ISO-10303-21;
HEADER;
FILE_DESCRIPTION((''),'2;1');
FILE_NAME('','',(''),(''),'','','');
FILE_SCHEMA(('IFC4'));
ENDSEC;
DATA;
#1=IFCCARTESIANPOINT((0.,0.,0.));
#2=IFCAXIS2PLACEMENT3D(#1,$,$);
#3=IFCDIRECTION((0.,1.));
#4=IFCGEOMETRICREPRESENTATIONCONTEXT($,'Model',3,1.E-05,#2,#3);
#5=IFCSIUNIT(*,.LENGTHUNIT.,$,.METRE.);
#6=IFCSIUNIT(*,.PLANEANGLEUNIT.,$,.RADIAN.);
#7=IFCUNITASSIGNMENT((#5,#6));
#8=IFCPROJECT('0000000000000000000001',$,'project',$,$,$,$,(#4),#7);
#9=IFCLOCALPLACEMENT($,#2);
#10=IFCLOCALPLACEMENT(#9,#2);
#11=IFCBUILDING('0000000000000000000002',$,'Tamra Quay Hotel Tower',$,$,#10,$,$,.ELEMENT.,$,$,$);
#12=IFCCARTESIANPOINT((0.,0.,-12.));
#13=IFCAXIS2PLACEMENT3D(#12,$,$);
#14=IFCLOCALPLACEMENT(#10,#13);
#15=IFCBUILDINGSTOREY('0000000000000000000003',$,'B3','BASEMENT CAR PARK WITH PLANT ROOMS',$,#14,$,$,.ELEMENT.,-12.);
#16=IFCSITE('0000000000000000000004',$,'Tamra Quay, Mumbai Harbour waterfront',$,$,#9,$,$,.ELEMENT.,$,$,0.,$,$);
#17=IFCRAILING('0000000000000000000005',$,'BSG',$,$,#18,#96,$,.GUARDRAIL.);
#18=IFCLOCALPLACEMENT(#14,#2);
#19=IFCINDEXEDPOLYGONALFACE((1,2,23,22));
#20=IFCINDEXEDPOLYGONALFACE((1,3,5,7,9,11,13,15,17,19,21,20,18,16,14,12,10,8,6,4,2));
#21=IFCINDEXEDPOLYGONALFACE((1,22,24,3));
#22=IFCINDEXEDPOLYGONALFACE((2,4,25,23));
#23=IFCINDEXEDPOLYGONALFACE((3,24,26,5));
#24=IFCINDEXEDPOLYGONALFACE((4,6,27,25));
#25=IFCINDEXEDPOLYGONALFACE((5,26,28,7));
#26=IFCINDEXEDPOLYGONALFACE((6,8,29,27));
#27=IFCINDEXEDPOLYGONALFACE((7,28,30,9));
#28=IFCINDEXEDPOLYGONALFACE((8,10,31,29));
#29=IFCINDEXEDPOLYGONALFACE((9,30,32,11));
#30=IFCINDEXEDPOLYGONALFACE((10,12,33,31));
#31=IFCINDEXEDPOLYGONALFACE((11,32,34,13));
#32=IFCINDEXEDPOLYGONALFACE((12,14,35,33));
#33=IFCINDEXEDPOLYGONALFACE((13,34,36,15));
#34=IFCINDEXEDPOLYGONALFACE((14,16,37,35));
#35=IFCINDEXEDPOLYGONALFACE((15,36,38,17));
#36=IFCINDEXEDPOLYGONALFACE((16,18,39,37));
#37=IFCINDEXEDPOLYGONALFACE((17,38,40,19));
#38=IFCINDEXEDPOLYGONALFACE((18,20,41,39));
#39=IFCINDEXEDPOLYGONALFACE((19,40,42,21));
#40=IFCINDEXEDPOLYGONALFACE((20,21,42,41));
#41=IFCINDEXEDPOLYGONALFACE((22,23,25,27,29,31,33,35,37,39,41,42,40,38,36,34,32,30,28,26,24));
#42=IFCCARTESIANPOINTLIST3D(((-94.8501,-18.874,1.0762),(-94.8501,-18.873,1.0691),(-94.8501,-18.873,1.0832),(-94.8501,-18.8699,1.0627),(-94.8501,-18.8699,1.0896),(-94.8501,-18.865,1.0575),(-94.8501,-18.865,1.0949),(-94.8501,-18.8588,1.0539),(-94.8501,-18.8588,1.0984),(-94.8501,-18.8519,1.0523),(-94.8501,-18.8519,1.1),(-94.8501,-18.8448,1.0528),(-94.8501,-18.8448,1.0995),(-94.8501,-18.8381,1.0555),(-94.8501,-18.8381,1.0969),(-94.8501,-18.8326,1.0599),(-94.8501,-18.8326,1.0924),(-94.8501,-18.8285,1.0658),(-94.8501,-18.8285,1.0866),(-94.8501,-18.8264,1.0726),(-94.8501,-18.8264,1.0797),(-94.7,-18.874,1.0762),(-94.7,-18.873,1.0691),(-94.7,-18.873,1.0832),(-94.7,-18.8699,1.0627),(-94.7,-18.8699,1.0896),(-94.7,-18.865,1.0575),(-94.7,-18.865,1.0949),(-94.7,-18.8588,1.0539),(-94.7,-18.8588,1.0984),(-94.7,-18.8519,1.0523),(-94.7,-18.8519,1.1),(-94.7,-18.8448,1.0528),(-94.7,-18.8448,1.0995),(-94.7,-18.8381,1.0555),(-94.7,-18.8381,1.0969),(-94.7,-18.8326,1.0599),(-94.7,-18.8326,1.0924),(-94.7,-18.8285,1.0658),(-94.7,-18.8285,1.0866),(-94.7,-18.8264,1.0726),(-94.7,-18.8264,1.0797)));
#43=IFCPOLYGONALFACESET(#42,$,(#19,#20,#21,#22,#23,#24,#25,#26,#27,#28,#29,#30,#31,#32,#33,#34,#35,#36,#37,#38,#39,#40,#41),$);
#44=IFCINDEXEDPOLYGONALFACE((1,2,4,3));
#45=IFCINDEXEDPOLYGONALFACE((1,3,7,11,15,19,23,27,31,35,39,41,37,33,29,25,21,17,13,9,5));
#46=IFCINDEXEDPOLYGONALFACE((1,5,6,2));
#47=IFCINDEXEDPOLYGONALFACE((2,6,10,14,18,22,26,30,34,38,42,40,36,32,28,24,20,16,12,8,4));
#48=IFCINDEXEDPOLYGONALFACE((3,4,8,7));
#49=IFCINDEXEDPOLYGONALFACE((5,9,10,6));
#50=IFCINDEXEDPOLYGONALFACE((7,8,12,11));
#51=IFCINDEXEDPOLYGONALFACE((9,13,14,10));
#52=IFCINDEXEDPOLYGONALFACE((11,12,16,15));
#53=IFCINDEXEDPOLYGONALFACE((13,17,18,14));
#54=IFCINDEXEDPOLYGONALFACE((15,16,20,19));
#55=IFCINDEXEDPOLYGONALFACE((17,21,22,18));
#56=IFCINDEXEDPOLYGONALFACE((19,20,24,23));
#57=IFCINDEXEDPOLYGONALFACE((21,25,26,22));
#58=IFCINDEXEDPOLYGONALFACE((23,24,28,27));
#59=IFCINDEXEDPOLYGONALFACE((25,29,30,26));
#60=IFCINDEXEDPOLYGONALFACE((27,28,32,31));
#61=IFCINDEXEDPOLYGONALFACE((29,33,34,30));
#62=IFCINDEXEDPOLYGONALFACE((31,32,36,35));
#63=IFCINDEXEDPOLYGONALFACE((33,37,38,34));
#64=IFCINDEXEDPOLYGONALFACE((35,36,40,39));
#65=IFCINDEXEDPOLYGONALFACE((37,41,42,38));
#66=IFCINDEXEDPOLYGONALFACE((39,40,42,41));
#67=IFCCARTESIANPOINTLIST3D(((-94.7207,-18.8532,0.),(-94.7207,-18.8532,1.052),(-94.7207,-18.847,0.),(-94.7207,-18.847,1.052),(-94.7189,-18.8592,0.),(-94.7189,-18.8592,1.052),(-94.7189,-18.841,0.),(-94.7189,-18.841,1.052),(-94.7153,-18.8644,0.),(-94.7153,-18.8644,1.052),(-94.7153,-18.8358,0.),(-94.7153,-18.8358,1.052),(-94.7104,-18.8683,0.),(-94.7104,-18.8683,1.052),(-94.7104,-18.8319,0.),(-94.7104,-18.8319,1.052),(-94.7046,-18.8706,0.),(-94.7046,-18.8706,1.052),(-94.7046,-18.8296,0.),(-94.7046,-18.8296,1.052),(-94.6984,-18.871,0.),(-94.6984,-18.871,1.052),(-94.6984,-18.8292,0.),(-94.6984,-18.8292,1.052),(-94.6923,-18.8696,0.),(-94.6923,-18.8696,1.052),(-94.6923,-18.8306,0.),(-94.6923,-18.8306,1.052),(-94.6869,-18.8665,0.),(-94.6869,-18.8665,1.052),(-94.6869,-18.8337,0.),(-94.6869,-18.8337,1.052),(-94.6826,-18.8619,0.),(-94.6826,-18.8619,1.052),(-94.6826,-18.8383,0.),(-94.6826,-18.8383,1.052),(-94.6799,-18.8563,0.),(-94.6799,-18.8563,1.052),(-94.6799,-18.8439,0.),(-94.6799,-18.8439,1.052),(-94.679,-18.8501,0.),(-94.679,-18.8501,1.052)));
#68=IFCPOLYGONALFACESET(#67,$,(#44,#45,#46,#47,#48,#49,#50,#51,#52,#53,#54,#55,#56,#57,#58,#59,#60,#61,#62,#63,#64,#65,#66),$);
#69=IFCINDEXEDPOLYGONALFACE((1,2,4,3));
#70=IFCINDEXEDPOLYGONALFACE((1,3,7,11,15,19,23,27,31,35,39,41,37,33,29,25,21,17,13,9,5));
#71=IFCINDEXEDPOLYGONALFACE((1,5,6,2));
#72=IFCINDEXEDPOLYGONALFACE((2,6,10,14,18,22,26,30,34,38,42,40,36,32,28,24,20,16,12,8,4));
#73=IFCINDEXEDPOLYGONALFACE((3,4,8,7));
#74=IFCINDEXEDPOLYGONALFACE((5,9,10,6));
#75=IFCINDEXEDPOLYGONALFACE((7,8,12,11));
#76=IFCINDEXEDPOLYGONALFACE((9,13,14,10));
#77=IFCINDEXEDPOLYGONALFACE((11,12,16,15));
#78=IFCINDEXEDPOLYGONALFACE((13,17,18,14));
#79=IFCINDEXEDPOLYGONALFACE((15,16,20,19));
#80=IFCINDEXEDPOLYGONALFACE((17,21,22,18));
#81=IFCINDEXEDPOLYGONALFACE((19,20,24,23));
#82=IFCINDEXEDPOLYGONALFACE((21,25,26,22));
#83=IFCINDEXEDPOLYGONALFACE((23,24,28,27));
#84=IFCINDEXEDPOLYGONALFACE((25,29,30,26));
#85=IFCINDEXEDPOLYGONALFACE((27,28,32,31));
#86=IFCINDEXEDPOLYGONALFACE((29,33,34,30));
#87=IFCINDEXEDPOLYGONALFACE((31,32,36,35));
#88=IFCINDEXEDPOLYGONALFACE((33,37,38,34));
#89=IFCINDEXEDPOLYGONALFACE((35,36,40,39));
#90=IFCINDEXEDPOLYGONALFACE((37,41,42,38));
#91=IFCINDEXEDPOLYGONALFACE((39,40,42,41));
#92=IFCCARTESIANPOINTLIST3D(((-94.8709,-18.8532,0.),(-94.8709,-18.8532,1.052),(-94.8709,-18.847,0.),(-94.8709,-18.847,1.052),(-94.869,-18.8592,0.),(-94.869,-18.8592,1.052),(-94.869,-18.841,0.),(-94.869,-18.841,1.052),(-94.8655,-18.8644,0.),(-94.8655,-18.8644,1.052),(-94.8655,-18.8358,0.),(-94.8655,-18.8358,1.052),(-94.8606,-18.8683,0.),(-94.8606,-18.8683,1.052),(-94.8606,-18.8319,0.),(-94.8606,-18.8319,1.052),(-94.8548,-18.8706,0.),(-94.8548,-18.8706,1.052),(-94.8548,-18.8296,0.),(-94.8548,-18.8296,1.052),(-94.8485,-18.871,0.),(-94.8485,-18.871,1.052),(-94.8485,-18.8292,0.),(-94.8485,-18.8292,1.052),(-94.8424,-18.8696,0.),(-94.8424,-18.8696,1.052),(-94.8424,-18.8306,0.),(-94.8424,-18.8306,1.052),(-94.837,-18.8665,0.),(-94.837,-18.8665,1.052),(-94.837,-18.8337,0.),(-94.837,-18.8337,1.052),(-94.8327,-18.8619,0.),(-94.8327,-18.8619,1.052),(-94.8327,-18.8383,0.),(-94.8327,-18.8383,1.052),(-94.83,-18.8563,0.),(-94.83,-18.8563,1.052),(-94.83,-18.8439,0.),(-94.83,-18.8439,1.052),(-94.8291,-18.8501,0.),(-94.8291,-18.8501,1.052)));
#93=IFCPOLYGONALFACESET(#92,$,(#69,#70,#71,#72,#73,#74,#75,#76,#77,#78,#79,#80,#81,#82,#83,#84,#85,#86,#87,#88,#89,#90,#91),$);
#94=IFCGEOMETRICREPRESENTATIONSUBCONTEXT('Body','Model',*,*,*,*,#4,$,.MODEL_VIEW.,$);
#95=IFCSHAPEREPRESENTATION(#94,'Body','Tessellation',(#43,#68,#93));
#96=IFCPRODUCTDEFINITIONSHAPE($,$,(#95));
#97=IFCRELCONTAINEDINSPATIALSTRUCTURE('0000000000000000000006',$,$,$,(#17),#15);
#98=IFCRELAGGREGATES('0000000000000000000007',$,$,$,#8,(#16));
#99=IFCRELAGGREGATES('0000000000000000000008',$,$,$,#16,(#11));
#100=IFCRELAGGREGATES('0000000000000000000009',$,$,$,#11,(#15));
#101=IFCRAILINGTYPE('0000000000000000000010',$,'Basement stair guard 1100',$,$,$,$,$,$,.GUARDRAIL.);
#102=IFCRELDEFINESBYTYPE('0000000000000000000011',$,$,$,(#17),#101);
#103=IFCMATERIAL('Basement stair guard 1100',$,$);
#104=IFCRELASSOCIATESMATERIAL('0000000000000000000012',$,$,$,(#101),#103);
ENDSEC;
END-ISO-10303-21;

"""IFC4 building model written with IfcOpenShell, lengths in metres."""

from ifc_helpers import new_model, si_unit, direction, frame, origin, origin_2d, place, context, subcontext, project, spatial, circle, extrude, material, type_object, element, save


model = new_model("IFC4")

# Units and contexts
model_context = context("Model", 3, precision=1e-05, world=origin(), true_north=direction((0.0, 1.0)))
body_context = subcontext(model_context, "Body", "Model", "MODEL_VIEW")
ifc_project = project(units=[si_unit("LENGTHUNIT", "METRE"), si_unit("PLANEANGLEUNIT", "RADIAN")], contexts=[model_context])

# Site, building, storey
site_placement = place(None, origin())
site = spatial("IfcSite", under=ifc_project, at=site_placement, Name="Tamra Quay, Mumbai Harbour waterfront", CompositionType="ELEMENT", RefElevation=0.0)
building_placement = place(site_placement, origin())
building = spatial("IfcBuilding", under=site, at=building_placement, Name="Tamra Quay Hotel Tower", CompositionType="ELEMENT")
storey_placement = place(building_placement, frame((0.0, 0.0, -12.0)))
storey = spatial("IfcBuildingStorey", under=building, at=storey_placement, Name="B3", Description="BASEMENT CAR PARK WITH PLANT ROOMS", CompositionType="ELEMENT", Elevation=-12.0)

# Railing
ifc_material_1 = material(Name="Basement stair guard 1100")
railing_type = type_object("IfcRailingType", Name="Basement stair guard 1100", PredefinedType="GUARDRAIL", material=ifc_material_1)
railing_1_placement = place(storey_placement, frame((-94.7, -18.8501, 0.0)))
element("IfcRailing", 1, at=railing_1_placement, inside=storey, type_object=railing_type, Name="BSG", PredefinedType="GUARDRAIL", context=body_context, shape_type="SweptSolid", body=[
    extrude(circle(Radius=0.0239, at=origin_2d()), frame((0.0, 0.0, 1.0762), z_axis=(-1.0, 0.0, 0.0), x_axis=(0.0, -1.0, 0.0)), (0.0, 0.0, 1.0), 0.1501),
    extrude(circle(Radius=0.021, at=origin_2d()), origin(), (0.0, 0.0, 1.0), 1.052),
    extrude(circle(Radius=0.021, at=origin_2d()), frame((-0.1501, 0.0, 0.0)), (0.0, 0.0, 1.0), 1.052),
])

save(model, "model.ifc")
